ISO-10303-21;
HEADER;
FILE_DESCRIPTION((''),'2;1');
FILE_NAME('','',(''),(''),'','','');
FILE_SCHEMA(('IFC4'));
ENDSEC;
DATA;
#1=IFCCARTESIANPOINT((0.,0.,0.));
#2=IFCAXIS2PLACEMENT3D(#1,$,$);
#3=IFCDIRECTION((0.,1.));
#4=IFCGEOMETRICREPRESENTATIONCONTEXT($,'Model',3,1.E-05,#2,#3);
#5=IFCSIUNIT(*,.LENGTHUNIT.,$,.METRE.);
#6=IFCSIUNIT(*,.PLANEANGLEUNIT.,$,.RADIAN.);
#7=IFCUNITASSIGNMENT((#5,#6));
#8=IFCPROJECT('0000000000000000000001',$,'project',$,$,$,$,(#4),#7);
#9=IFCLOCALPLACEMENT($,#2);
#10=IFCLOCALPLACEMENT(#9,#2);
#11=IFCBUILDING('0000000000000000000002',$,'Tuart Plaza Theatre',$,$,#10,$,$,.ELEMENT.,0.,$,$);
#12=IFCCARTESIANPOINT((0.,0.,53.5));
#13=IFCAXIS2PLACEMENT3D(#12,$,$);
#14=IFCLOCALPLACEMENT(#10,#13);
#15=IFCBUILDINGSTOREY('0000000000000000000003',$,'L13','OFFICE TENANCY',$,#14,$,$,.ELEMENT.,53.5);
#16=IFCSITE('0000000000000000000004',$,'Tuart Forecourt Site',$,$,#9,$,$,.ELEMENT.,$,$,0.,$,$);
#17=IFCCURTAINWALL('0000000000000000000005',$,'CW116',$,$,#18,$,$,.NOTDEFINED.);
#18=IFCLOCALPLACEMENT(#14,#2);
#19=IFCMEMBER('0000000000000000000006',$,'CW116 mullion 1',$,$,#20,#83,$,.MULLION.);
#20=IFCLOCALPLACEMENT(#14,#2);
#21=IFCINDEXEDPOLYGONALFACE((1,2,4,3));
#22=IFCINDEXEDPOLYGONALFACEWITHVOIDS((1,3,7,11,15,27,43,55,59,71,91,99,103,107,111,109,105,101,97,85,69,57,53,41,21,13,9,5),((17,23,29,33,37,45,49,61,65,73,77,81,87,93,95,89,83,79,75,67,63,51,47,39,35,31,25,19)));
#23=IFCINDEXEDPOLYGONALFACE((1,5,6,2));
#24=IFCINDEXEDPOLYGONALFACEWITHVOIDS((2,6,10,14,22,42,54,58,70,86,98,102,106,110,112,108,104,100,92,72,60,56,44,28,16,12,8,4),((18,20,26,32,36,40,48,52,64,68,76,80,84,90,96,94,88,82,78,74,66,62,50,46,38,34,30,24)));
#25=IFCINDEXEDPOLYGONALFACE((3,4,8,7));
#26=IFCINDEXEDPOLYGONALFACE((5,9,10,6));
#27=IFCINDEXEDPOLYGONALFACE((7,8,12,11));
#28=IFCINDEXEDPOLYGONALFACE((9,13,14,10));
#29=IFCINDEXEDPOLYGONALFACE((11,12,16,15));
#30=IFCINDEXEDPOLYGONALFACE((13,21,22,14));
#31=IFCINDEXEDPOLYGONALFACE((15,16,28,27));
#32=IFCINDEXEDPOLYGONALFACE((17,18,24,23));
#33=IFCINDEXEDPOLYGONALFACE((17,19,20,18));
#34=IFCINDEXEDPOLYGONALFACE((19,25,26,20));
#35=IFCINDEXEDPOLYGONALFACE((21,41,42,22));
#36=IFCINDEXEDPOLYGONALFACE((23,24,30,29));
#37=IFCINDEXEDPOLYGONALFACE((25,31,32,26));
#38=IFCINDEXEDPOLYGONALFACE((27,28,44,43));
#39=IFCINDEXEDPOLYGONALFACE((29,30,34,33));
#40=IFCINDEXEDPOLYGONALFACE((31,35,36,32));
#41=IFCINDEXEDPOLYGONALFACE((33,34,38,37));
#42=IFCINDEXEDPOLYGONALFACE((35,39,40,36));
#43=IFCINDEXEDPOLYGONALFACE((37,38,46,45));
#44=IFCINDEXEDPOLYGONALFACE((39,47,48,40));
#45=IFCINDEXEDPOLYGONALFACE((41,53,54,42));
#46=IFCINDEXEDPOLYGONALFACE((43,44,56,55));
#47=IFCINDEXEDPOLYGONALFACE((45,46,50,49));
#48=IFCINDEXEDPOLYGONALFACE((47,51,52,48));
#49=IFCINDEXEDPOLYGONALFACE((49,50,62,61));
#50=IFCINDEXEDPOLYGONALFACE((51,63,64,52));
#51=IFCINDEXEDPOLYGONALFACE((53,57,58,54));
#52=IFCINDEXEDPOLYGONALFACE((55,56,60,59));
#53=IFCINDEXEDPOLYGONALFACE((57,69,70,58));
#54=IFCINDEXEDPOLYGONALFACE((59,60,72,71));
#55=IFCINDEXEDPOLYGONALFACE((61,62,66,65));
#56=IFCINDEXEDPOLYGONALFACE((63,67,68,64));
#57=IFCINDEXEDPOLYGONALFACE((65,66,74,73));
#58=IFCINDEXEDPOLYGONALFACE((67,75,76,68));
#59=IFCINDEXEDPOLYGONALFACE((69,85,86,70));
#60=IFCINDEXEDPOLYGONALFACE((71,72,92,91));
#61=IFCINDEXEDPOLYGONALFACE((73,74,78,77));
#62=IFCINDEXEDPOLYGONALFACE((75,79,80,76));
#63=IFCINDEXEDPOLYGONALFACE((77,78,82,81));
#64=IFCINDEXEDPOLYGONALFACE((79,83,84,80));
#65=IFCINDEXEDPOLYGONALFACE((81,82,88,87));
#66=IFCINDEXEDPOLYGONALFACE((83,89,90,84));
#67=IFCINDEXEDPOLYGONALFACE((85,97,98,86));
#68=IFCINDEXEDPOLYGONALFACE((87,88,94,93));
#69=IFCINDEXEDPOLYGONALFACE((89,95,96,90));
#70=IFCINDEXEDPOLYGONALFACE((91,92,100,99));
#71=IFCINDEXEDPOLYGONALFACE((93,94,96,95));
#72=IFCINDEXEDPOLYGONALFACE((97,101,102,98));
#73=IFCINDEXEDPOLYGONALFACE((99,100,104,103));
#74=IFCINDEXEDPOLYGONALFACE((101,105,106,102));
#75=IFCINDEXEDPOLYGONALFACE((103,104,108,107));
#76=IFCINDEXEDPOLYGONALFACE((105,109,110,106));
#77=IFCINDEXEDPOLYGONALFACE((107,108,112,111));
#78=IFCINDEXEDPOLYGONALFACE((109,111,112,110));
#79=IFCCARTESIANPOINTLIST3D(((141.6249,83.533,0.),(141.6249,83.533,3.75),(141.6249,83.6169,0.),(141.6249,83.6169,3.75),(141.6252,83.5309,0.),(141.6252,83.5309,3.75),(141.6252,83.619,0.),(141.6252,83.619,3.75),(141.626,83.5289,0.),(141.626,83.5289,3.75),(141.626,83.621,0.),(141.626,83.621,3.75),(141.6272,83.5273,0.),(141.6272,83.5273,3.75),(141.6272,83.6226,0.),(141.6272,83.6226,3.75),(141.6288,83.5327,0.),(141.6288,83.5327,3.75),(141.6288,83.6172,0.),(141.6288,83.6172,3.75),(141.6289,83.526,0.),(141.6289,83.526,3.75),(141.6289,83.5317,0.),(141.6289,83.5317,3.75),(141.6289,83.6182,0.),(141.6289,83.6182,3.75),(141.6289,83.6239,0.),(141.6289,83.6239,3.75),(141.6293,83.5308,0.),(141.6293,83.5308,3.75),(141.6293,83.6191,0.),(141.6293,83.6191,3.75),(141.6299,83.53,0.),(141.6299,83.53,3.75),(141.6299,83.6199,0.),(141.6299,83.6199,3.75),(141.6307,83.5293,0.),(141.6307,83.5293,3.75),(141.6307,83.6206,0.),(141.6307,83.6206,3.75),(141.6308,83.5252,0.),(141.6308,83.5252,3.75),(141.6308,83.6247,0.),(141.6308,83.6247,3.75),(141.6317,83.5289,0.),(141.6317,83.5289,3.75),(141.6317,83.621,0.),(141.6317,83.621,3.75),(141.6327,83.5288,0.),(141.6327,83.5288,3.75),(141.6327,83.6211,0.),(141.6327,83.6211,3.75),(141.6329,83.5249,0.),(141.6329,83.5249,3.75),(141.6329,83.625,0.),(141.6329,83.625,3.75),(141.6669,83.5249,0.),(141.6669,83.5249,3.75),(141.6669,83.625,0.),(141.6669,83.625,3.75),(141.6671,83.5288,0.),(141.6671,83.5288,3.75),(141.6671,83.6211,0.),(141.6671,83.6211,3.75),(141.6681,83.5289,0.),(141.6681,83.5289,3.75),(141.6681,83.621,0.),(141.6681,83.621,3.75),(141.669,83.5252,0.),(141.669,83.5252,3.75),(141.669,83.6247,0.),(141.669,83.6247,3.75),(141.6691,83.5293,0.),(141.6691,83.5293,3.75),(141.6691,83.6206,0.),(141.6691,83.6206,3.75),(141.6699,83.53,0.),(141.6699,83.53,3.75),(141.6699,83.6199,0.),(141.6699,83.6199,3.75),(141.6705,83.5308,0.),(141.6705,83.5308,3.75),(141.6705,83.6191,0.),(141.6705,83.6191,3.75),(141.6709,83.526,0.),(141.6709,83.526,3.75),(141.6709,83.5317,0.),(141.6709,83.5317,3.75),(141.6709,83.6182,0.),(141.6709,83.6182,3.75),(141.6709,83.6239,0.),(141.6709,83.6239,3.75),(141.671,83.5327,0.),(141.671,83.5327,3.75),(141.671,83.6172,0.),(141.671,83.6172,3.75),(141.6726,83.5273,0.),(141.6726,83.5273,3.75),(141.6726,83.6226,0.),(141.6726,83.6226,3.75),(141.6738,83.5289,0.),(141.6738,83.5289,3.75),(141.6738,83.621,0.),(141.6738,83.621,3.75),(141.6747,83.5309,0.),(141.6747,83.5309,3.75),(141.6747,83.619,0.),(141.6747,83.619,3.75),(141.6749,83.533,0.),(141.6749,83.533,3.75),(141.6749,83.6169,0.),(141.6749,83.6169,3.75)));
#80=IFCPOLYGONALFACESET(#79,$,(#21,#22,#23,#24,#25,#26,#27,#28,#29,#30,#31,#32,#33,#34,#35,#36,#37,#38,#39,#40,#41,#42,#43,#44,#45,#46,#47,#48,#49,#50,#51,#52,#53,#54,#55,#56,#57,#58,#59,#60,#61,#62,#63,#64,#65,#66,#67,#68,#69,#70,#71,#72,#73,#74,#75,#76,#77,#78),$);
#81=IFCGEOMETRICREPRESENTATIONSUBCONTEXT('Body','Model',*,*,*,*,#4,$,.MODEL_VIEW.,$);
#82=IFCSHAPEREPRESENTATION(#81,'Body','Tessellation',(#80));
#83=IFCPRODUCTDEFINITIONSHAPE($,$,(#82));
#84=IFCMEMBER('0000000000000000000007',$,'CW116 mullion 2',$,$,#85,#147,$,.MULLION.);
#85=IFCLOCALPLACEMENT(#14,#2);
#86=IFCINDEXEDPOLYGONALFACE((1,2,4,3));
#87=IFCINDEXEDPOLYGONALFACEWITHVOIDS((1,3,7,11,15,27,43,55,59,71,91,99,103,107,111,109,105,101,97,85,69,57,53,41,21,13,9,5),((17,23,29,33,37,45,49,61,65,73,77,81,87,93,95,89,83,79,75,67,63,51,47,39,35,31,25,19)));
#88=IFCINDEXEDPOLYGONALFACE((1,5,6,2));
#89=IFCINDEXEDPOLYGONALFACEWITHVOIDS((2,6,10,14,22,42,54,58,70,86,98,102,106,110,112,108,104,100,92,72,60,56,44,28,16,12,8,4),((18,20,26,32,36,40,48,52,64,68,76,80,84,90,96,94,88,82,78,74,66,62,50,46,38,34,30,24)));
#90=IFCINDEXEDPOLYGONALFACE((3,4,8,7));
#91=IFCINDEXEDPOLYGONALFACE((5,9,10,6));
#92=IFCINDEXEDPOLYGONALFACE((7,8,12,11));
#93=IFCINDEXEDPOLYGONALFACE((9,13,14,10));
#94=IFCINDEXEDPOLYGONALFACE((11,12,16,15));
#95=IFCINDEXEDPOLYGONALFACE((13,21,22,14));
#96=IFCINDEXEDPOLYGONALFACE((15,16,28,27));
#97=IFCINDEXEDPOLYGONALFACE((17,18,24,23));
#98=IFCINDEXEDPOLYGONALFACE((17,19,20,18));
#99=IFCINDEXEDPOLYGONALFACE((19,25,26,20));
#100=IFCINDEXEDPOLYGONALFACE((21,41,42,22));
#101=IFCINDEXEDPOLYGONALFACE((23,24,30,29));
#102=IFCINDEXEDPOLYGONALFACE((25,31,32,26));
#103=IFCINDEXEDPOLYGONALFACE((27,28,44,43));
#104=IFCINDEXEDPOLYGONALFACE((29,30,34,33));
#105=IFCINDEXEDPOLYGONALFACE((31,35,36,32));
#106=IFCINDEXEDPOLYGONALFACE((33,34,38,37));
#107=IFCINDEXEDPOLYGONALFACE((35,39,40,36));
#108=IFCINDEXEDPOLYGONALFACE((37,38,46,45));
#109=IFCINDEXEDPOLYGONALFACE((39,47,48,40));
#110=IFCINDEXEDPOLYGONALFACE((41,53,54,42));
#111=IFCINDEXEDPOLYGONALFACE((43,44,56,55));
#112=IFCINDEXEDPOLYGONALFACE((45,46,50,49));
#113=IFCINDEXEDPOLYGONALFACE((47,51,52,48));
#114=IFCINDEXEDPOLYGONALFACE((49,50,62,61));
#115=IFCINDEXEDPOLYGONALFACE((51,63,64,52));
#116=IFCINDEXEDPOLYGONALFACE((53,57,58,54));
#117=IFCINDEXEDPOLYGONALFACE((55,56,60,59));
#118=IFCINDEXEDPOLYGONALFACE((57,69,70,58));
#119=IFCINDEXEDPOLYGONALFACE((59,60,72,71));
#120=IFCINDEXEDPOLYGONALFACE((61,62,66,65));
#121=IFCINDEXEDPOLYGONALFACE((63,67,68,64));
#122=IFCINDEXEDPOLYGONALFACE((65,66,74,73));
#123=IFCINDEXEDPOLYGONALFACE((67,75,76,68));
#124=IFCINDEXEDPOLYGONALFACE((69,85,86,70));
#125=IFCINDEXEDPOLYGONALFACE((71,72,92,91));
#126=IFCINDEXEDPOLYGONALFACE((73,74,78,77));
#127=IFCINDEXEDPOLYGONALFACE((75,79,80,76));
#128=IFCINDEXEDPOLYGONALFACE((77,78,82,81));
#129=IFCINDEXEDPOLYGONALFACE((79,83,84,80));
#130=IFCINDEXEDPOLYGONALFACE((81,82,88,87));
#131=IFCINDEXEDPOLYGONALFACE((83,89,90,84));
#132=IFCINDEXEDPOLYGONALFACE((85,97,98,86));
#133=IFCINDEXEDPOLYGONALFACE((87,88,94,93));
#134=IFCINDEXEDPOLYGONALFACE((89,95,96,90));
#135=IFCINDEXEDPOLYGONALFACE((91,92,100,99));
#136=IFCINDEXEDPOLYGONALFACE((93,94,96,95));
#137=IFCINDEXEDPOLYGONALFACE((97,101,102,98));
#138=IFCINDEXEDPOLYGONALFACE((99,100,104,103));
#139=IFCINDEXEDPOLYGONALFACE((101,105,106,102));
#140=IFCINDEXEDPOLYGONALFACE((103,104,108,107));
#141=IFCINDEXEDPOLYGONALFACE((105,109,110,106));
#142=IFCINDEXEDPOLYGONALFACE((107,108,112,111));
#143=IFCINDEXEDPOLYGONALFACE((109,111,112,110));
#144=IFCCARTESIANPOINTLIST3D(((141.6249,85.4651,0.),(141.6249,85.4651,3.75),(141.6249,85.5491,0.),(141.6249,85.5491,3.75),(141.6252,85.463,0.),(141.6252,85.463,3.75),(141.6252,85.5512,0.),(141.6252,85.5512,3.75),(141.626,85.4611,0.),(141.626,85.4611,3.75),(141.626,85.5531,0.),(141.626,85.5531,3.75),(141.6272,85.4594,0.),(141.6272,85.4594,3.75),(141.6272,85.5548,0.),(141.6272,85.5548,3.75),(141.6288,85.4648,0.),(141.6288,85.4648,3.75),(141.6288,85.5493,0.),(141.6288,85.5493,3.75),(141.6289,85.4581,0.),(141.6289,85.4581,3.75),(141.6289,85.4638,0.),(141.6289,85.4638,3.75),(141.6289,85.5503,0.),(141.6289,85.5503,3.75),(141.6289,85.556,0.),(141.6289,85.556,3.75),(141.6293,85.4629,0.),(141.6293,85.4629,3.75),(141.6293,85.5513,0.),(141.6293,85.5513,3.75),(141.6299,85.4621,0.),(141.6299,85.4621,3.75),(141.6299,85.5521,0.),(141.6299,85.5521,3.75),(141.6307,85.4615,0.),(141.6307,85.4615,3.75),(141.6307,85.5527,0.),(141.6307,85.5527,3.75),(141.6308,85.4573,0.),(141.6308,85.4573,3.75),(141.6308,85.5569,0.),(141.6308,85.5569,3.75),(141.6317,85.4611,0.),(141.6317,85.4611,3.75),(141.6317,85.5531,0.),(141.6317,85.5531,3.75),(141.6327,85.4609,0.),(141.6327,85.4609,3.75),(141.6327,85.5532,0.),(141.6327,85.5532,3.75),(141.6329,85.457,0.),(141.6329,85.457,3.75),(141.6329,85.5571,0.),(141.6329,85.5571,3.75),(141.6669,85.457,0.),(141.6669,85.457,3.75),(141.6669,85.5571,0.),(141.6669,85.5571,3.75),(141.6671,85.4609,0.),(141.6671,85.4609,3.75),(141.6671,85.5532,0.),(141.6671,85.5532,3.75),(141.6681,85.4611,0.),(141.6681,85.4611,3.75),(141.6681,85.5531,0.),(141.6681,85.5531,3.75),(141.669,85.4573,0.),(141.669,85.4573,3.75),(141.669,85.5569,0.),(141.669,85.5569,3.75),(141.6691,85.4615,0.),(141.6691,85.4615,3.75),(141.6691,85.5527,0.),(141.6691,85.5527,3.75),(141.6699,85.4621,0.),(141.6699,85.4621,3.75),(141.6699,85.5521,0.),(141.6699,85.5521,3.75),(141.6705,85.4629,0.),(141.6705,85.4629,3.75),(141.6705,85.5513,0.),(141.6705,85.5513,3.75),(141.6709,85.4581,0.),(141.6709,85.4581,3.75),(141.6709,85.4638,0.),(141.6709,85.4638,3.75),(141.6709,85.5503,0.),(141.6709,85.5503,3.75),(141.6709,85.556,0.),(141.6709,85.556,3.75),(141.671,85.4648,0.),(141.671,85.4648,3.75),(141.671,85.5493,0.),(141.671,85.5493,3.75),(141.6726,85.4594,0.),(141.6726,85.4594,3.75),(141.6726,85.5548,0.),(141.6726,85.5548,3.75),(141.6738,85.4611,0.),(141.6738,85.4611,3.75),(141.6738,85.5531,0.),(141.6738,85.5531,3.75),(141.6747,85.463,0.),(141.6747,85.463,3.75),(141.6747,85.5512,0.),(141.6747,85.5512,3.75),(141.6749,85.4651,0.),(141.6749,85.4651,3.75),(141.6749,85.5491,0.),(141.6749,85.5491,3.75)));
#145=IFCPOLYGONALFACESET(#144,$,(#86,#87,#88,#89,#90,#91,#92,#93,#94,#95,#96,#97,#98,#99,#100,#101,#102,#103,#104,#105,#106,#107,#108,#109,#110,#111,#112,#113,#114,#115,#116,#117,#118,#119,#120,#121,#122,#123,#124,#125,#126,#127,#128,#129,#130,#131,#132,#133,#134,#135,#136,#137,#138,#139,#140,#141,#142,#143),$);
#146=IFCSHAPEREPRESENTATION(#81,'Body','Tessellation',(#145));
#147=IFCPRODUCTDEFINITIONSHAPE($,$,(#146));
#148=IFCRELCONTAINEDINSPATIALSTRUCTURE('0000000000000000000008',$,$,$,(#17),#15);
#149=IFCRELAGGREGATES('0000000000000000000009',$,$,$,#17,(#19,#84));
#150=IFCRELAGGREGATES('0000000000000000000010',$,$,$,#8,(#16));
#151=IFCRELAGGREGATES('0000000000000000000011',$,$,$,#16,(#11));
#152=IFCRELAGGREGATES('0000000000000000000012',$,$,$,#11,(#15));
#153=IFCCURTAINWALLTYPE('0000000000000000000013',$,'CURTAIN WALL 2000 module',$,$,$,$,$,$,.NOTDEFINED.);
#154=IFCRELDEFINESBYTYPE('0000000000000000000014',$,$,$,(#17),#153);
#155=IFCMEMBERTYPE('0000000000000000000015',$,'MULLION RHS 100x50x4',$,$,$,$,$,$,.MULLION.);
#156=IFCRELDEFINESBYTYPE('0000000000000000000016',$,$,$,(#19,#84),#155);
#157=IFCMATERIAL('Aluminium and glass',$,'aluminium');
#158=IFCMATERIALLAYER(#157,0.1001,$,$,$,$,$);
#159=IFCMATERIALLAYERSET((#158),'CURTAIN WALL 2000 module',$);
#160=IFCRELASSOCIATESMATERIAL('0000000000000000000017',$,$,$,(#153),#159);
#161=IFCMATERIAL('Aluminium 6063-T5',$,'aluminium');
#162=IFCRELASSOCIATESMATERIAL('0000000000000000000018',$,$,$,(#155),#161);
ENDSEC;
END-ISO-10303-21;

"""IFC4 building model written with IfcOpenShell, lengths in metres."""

from ifc_helpers import new_model, si_unit, direction, frame, origin, origin_2d, place, context, subcontext, project, spatial, hollow_rectangle, extrude, material, layer, layer_set, material_profile, profile_set, type_object, element, aggregate, save


model = new_model("IFC4")

# Units and contexts
model_context = context("Model", 3, precision=1e-05, world=origin(), true_north=direction((0.0, 1.0)))
body_context = subcontext(model_context, "Body", "Model", "MODEL_VIEW")
ifc_project = project(units=[si_unit("LENGTHUNIT", "METRE"), si_unit("PLANEANGLEUNIT", "RADIAN")], contexts=[model_context])

# Site, building, storey
site_placement = place(None, origin())
site = spatial("IfcSite", under=ifc_project, at=site_placement, Name="Tuart Forecourt Site", CompositionType="ELEMENT", RefElevation=0.0)
building_placement = place(site_placement, origin())
building = spatial("IfcBuilding", under=site, at=building_placement, Name="Tuart Plaza Theatre", CompositionType="ELEMENT", ElevationOfRefHeight=0.0)
storey_placement = place(building_placement, frame((0.0, 0.0, 53.5)))
storey = spatial("IfcBuildingStorey", under=building, at=storey_placement, Name="L13", Description="OFFICE TENANCY", CompositionType="ELEMENT", Elevation=53.5)

# Curtain wall, members
ifc_material_1 = material(Name="Aluminium and glass", Category="aluminium")
ifc_layer_1 = layer(ifc_material_1, 0.1001)
ifc_layer_set_1 = layer_set([ifc_layer_1], Name="CURTAIN WALL 2000 module")
curtain_wall_type = type_object("IfcCurtainWallType", Name="CURTAIN WALL 2000 module", PredefinedType="NOTDEFINED", material=ifc_layer_set_1)
ifc_material_2 = material(Name="Aluminium 6063-T5", Category="aluminium")
ifc_material_profile_1 = material_profile(ifc_material_2, hollow_rectangle(XDim=0.05, YDim=0.1001, WallThickness=0.0039, InnerFilletRadius=0.0039, OuterFilletRadius=0.0081, at=origin_2d()), Name="RHS 100x50x4")
ifc_profile_set_1 = profile_set([ifc_material_profile_1], Name="Aluminium 6063-T5")
member_type_1 = type_object("IfcMemberType", Name="MULLION RHS 100x50x4", PredefinedType="MULLION", material=ifc_profile_set_1)
curtain_wall_1_placement = place(storey_placement, origin())
curtain_wall_1 = element("IfcCurtainWall", 1, at=curtain_wall_1_placement, inside=storey, type_object=curtain_wall_type, Name="CW116", PredefinedType="NOTDEFINED")
member_1_placement = place(storey_placement, frame((141.6499, 83.575, 0.0), z_axis=(0.0, 0.0, 1.0), x_axis=(-1.0, 0.0, 0.0)))
member_1 = element("IfcMember", 2, at=member_1_placement, type_object=member_type_1, Name="CW116 mullion 1", PredefinedType="MULLION", context=body_context, shape_type="SweptSolid", body=[
    extrude(hollow_rectangle(XDim=0.05, YDim=0.1001, WallThickness=0.0039, InnerFilletRadius=0.0039, OuterFilletRadius=0.0081, at=origin_2d()), origin(), (0.0, 0.0, 1.0), 3.75),
])
member_2_placement = place(storey_placement, frame((141.6499, 85.5071, 0.0), z_axis=(0.0, 0.0, 1.0), x_axis=(-1.0, 0.0, 0.0)))
member_2 = element("IfcMember", 3, at=member_2_placement, type_object=member_type_1, Name="CW116 mullion 2", PredefinedType="MULLION", context=body_context, shape_type="SweptSolid", body=[
    extrude(hollow_rectangle(XDim=0.05, YDim=0.1001, WallThickness=0.0039, InnerFilletRadius=0.0039, OuterFilletRadius=0.0081, at=origin_2d()), origin(), (0.0, 0.0, 1.0), 3.75),
])

aggregate(curtain_wall_1, [member_1, member_2])

save(model, "model.ifc")
